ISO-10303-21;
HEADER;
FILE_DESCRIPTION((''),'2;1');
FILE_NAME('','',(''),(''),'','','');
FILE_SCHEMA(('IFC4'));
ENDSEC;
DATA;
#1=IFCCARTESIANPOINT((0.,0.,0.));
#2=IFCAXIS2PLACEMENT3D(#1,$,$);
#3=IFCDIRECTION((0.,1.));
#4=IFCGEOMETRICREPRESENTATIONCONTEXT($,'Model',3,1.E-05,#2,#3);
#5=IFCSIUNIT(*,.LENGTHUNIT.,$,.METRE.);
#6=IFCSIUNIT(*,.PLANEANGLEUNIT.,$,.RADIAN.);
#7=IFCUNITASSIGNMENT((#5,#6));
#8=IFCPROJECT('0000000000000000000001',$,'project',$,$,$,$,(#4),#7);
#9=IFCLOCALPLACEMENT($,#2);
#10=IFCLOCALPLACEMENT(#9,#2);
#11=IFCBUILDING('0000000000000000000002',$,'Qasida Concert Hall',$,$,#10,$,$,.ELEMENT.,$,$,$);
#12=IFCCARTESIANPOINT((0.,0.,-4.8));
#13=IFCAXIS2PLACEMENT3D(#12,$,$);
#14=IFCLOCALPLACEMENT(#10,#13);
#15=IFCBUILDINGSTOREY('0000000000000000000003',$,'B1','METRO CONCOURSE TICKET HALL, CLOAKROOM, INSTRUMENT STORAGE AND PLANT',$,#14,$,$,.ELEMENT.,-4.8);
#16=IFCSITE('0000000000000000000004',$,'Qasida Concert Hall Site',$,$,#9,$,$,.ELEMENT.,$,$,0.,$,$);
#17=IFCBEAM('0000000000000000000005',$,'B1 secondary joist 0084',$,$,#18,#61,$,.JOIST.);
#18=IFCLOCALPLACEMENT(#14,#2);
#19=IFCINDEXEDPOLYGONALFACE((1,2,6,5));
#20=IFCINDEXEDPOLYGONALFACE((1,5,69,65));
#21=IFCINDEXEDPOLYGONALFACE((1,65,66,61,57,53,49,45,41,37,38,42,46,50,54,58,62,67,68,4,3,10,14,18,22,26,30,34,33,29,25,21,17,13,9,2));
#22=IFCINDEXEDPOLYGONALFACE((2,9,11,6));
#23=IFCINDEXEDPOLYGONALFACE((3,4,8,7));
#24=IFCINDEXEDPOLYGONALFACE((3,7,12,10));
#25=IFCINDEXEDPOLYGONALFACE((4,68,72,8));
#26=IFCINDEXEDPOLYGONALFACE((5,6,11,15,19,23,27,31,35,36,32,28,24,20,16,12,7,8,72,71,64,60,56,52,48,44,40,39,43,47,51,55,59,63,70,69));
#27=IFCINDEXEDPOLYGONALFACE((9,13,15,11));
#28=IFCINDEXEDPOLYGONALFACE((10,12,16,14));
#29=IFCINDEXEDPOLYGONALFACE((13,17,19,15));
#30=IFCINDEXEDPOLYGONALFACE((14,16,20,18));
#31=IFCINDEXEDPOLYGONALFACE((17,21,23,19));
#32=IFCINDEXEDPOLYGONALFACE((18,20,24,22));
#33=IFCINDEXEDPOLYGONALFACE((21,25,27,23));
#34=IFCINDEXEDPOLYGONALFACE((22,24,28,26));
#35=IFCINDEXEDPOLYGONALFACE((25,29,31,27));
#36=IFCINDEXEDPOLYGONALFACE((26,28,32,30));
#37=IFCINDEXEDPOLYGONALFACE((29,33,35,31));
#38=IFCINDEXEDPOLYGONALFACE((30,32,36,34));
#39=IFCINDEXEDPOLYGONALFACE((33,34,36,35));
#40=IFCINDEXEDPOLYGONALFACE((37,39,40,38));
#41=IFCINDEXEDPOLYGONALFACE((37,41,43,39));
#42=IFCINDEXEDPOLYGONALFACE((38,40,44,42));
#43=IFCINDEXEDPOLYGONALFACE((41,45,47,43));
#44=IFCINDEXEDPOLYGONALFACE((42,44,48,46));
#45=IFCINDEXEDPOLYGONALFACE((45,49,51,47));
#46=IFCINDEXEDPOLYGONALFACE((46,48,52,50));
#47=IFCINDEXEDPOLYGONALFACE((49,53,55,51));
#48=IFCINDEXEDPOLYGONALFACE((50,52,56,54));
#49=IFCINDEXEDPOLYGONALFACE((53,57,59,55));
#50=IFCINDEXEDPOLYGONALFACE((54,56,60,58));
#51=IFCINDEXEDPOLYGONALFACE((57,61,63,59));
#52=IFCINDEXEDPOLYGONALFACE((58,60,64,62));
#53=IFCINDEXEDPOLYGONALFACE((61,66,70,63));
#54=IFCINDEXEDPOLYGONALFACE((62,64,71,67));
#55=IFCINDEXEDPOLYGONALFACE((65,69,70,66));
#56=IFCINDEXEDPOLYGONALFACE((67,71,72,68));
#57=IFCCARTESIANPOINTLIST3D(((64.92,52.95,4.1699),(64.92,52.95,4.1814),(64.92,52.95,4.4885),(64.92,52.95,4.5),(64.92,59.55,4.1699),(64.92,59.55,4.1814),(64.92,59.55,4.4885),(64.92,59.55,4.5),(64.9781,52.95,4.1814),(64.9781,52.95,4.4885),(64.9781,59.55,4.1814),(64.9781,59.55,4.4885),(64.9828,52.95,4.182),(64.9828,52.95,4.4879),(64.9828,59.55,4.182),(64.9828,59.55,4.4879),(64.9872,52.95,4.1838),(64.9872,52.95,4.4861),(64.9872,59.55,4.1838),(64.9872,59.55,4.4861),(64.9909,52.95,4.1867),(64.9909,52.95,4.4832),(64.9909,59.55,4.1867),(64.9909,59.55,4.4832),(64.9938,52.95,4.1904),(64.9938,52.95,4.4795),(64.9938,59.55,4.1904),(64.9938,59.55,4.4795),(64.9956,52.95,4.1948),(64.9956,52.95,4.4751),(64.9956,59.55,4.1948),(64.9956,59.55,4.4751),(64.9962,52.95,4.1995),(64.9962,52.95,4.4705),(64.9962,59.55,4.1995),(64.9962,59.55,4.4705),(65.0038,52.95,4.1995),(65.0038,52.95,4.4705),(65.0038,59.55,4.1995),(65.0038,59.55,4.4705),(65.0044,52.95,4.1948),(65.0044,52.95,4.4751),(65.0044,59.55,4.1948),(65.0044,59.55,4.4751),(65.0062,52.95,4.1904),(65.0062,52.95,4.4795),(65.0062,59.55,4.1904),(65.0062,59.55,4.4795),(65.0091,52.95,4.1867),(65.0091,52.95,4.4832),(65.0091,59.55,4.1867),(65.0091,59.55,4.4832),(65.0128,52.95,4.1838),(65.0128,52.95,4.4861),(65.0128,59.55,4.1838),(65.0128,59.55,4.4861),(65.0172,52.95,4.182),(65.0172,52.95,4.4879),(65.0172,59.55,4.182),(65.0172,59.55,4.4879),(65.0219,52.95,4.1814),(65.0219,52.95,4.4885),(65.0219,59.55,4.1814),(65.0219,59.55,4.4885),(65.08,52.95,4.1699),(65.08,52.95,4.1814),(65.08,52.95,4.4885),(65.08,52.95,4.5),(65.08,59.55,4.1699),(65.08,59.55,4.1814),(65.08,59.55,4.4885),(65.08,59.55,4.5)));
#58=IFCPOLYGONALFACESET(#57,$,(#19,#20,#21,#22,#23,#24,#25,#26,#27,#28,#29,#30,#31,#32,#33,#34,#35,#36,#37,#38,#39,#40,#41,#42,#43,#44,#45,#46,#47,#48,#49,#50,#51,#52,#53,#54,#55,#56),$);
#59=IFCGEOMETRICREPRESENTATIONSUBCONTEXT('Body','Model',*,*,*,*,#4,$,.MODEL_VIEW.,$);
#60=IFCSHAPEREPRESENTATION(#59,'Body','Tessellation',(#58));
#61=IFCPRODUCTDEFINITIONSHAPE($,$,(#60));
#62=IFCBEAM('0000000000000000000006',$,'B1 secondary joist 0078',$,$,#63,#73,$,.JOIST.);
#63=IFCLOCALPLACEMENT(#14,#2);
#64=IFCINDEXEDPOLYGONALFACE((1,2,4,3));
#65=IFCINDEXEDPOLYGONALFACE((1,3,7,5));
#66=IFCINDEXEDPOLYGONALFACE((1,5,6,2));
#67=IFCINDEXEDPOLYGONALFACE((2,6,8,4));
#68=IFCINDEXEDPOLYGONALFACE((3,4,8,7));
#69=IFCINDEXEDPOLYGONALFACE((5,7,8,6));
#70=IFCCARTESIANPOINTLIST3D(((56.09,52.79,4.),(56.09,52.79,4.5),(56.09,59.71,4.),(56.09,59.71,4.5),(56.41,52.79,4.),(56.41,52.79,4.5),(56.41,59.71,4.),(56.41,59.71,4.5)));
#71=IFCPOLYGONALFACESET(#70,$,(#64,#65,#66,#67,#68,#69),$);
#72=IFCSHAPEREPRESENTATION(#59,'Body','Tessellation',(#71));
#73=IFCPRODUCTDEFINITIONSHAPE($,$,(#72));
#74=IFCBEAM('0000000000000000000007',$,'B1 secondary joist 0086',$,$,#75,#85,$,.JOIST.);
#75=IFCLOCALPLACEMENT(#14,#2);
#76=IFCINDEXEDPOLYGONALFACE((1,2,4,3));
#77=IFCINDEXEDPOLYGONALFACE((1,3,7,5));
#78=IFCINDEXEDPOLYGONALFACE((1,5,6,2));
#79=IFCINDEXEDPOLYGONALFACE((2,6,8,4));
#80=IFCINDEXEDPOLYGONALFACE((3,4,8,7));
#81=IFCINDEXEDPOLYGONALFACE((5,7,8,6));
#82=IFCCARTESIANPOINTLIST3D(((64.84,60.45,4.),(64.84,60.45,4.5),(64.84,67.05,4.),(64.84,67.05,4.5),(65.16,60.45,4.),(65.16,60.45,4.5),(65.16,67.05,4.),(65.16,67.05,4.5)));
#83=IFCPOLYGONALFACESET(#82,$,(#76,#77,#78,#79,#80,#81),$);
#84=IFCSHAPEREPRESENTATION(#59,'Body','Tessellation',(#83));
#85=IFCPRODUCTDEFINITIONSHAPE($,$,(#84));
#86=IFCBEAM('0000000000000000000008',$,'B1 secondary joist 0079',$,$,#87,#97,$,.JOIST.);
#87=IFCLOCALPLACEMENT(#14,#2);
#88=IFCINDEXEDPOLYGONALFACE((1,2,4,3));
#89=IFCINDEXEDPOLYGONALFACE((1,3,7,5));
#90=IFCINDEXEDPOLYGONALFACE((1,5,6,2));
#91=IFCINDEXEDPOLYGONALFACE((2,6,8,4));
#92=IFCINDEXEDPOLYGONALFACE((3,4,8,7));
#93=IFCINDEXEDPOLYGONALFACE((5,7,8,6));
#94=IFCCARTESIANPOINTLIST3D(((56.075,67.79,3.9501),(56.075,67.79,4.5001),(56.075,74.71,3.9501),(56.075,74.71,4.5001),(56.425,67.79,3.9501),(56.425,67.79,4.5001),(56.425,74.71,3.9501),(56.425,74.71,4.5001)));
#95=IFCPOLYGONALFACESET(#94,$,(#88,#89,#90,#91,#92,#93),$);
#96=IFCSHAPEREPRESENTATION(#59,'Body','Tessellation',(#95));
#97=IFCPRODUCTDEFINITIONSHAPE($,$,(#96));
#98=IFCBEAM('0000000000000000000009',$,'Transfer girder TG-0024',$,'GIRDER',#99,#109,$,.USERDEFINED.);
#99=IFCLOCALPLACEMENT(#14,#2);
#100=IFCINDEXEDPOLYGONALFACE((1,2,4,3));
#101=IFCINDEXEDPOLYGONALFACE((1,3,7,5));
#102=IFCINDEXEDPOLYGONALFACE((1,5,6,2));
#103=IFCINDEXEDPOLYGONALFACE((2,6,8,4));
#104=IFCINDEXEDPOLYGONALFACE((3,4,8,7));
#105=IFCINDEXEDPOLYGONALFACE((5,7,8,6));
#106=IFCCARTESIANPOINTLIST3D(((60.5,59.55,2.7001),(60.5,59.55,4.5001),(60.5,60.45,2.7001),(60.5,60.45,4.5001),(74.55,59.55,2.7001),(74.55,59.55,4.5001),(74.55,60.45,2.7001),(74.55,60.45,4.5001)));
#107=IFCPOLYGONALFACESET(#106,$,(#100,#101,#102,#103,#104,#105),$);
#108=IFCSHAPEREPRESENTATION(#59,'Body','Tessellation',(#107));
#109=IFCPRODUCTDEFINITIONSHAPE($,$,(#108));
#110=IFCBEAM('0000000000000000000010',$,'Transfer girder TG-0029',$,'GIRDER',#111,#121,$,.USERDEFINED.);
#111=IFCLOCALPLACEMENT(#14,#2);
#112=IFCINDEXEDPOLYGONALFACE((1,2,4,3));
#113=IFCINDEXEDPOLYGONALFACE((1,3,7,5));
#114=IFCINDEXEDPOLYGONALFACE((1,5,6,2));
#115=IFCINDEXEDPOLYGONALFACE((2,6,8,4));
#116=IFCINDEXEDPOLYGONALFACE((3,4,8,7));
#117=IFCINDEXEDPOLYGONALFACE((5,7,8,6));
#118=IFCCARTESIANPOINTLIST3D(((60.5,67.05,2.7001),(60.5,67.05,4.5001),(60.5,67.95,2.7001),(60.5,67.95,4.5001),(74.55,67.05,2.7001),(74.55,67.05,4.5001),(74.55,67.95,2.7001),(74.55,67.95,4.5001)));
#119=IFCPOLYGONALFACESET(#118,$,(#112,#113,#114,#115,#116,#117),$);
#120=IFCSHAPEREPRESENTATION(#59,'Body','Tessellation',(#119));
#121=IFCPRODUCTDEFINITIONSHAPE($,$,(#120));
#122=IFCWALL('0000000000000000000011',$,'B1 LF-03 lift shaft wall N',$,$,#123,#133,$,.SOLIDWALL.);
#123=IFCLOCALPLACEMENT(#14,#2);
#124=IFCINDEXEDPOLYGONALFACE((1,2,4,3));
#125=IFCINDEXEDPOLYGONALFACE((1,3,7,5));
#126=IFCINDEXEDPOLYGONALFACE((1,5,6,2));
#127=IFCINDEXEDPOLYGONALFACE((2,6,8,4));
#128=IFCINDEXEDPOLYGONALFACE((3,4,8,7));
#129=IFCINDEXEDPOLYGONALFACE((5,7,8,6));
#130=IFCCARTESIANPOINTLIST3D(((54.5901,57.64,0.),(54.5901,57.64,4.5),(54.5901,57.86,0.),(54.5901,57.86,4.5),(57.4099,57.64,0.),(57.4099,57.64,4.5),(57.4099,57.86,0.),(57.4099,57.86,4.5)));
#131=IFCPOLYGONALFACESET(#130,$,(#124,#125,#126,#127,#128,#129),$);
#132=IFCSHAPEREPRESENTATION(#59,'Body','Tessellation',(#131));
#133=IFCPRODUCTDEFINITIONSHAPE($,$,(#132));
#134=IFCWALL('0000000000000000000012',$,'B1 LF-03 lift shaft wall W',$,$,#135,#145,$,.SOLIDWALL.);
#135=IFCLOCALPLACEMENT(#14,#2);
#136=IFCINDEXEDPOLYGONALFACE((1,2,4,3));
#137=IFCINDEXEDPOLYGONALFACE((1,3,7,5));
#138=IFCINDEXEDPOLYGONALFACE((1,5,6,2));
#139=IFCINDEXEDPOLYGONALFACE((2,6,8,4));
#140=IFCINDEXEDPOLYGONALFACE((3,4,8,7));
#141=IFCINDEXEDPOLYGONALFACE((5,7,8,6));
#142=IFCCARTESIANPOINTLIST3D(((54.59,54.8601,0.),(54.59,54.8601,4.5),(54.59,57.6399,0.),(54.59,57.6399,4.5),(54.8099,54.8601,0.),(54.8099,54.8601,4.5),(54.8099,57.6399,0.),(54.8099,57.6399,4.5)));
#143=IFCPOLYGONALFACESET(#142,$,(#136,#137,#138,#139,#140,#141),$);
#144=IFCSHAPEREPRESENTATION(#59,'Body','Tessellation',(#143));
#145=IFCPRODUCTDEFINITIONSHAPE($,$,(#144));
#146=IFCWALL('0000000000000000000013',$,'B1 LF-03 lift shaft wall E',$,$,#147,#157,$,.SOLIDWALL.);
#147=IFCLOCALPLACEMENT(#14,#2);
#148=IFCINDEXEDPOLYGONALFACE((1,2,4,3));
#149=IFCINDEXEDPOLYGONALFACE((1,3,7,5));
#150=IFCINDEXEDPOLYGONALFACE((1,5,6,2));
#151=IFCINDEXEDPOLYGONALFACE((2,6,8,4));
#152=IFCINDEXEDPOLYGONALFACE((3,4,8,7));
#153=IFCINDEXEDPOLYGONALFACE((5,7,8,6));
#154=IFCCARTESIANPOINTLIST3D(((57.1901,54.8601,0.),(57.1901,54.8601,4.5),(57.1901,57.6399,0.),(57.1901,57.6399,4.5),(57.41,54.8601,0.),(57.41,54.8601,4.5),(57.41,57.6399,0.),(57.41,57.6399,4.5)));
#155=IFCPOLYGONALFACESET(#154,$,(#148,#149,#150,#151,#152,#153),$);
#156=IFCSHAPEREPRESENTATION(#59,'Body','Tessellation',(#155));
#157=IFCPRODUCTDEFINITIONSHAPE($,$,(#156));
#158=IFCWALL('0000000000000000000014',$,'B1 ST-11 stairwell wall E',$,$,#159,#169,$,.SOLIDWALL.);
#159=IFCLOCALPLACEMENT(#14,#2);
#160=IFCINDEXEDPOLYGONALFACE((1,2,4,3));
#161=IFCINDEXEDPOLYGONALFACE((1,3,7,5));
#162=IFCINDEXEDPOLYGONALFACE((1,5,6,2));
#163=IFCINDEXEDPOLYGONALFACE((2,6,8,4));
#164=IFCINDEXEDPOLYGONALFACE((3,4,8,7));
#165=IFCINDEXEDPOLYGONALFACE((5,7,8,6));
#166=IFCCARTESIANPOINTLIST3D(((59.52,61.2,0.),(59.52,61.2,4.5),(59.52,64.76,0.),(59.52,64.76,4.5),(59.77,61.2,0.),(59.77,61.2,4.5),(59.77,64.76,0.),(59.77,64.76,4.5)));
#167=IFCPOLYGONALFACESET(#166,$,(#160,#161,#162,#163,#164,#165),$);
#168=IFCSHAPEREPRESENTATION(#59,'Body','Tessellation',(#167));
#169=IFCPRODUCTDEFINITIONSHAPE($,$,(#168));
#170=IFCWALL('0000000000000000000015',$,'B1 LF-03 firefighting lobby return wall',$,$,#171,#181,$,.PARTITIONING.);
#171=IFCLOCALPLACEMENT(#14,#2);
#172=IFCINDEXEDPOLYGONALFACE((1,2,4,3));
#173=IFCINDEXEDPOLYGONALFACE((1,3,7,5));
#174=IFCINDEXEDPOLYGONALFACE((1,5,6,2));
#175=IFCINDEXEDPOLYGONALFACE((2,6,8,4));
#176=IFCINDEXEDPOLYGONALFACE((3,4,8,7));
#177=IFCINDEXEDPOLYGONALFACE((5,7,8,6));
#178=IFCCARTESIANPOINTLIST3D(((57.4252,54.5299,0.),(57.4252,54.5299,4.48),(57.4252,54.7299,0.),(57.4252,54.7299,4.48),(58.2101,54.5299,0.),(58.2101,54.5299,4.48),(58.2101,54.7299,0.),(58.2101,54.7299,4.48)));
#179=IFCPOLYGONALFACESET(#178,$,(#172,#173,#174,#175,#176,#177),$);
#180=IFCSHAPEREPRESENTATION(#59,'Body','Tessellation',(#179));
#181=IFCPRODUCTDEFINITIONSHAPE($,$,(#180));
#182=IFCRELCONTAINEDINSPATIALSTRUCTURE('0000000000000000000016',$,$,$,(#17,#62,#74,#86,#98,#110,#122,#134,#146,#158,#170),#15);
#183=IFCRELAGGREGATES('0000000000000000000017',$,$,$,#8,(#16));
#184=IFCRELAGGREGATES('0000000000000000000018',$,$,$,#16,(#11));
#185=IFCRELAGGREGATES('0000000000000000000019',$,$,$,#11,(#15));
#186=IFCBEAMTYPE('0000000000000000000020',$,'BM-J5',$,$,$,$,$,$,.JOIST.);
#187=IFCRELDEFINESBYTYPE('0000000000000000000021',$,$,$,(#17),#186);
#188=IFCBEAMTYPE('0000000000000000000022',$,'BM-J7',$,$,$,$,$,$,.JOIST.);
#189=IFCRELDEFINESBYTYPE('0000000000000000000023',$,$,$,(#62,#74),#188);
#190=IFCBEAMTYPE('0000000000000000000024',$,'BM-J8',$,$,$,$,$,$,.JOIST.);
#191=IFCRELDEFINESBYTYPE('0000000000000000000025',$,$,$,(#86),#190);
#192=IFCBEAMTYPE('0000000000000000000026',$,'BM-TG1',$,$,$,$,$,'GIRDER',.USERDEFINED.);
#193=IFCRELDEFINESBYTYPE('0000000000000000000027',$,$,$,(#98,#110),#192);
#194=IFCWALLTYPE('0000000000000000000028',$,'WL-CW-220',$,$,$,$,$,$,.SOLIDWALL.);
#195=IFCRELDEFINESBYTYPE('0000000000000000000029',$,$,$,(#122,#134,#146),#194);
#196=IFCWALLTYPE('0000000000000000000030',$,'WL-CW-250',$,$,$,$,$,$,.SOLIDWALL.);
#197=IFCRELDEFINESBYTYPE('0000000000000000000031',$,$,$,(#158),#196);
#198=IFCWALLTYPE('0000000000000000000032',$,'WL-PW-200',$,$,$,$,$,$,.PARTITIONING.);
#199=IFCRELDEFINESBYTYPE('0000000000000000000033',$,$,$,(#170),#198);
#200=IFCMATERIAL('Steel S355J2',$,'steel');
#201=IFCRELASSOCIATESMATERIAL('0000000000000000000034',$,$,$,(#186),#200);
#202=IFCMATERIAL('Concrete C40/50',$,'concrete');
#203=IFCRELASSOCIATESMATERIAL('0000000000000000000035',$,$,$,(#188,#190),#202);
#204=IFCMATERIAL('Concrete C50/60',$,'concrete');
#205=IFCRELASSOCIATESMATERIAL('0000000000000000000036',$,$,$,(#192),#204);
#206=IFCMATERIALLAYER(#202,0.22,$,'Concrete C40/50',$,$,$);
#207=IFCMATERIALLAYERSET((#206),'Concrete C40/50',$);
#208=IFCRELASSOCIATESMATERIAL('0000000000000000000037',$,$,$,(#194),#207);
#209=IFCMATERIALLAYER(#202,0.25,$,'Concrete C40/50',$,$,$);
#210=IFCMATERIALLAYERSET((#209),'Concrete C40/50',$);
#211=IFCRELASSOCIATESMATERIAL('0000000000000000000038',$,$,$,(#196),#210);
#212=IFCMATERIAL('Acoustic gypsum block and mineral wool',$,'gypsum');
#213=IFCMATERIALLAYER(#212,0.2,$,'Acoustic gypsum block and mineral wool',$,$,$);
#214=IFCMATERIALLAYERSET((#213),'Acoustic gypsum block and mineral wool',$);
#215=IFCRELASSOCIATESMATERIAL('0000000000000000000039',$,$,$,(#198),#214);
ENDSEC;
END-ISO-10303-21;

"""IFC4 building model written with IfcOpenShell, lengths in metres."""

from ifc_helpers import new_model, si_unit, direction, frame, frame_2d, origin, origin_2d, place, context, subcontext, project, spatial, rectangle, i_section, extrude, material, layer, layer_set, material_profile, profile_set, type_object, element, save


model = new_model("IFC4")

# Units and contexts
model_context = context("Model", 3, precision=1e-05, world=origin(), true_north=direction((0.0, 1.0)))
body_context = subcontext(model_context, "Body", "Model", "MODEL_VIEW")
ifc_project = project(units=[si_unit("LENGTHUNIT", "METRE"), si_unit("PLANEANGLEUNIT", "RADIAN")], contexts=[model_context])

# Site, building, storey
site_placement = place(None, origin())
site = spatial("IfcSite", under=ifc_project, at=site_placement, Name="Qasida Concert Hall Site", CompositionType="ELEMENT", RefElevation=0.0)
building_placement = place(site_placement, origin())
building = spatial("IfcBuilding", under=site, at=building_placement, Name="Qasida Concert Hall", CompositionType="ELEMENT")
storey_placement = place(building_placement, frame((0.0, 0.0, -4.8)))
storey = spatial("IfcBuildingStorey", under=building, at=storey_placement, Name="B1", Description="METRO CONCOURSE TICKET HALL, CLOAKROOM, INSTRUMENT STORAGE AND PLANT", CompositionType="ELEMENT", Elevation=-4.8)

# Shared definitions
ifc_material_1 = material(Name="Concrete C40/50", Category="concrete")

# Shared definitions
ifc_material_2 = material(Name="Concrete C50/60", Category="concrete")

# Beams
ifc_material_3 = material(Name="Steel S355J2", Category="steel")
ifc_material_profile_1 = material_profile(ifc_material_3, i_section(OverallWidth=0.1599, OverallDepth=0.3301, WebThickness=0.0076, FlangeThickness=0.0115, FilletRadius=0.0181, at=origin_2d()), Name="IPE 330")
ifc_profile_set_1 = profile_set([ifc_material_profile_1], Name="Steel S355J2")
beam_type_1 = type_object("IfcBeamType", Name="BM-J5", PredefinedType="JOIST", material=ifc_profile_set_1)
beam_1_placement = place(storey_placement, frame((65.0, 52.95, 4.335), z_axis=(0.0, 1.0, 0.0), x_axis=(-1.0, 0.0, 0.0)))
element("IfcBeam", 1, at=beam_1_placement, inside=storey, type_object=beam_type_1, Name="B1 secondary joist 0084", PredefinedType="JOIST", context=body_context, shape_type="SweptSolid", body=[
    extrude(i_section(OverallWidth=0.1599, OverallDepth=0.3301, WebThickness=0.0076, FlangeThickness=0.0115, FilletRadius=0.0181, at=origin_2d()), origin(), (0.0, 0.0, 1.0), 6.6001),
])
ifc_material_profile_2 = material_profile(ifc_material_1, rectangle(XDim=0.3201, YDim=0.5, at=origin_2d()), Name="RC 320x500")
ifc_profile_set_2 = profile_set([ifc_material_profile_2], Name="Concrete C40/50")
beam_type_2 = type_object("IfcBeamType", Name="BM-J7", PredefinedType="JOIST", material=ifc_profile_set_2)
beam_2_placement = place(storey_placement, frame((56.25, 52.79, 4.25), z_axis=(0.0, 1.0, 0.0), x_axis=(-1.0, 0.0, 0.0)))
element("IfcBeam", 2, at=beam_2_placement, inside=storey, type_object=beam_type_2, Name="B1 secondary joist 0078", PredefinedType="JOIST", context=body_context, shape_type="SweptSolid", body=[
    extrude(rectangle(XDim=0.3201, YDim=0.5, at=origin_2d()), origin(), (0.0, 0.0, 1.0), 6.9199),
])
beam_3_placement = place(storey_placement, frame((65.0, 60.45, 4.25), z_axis=(0.0, 1.0, 0.0), x_axis=(-1.0, 0.0, 0.0)))
element("IfcBeam", 3, at=beam_3_placement, inside=storey, type_object=beam_type_2, Name="B1 secondary joist 0086", PredefinedType="JOIST", context=body_context, shape_type="SweptSolid", body=[
    extrude(rectangle(XDim=0.3201, YDim=0.5, at=origin_2d()), origin(), (0.0, 0.0, 1.0), 6.6001),
])
ifc_material_profile_3 = material_profile(ifc_material_1, rectangle(XDim=0.3501, YDim=0.55, at=origin_2d()), Name="RC 350x550")
ifc_profile_set_3 = profile_set([ifc_material_profile_3], Name="Concrete C40/50")
beam_type_3 = type_object("IfcBeamType", Name="BM-J8", PredefinedType="JOIST", material=ifc_profile_set_3)
beam_4_placement = place(storey_placement, frame((56.25, 67.79, 4.2251), z_axis=(0.0, 1.0, 0.0), x_axis=(-1.0, 0.0, 0.0)))
element("IfcBeam", 4, at=beam_4_placement, inside=storey, type_object=beam_type_3, Name="B1 secondary joist 0079", PredefinedType="JOIST", context=body_context, shape_type="SweptSolid", body=[
    extrude(rectangle(XDim=0.3501, YDim=0.55, at=origin_2d()), origin(), (0.0, 0.0, 1.0), 6.9199),
])
ifc_material_profile_4 = material_profile(ifc_material_2, rectangle(XDim=0.8999, YDim=1.8, at=origin_2d()), Name="RC 900x1800")
ifc_profile_set_4 = profile_set([ifc_material_profile_4], Name="Concrete C50/60")
beam_type_4 = type_object("IfcBeamType", Name="BM-TG1", ElementType="GIRDER", PredefinedType="USERDEFINED", material=ifc_profile_set_4)
for number, where, z_axis, x_axis, name in (
    (5, (60.5, 60.0, 3.6001), (1.0, 0.0, 0.0), (0.0, 1.0, 0.0), "Transfer girder TG-0024"),
    (6, (60.5, 67.5, 3.6001), (1.0, 0.0, 0.0), (0.0, 1.0, 0.0), "Transfer girder TG-0029"),
):
    element("IfcBeam", number, at=place(storey_placement, frame(where, z_axis=z_axis, x_axis=x_axis)), inside=storey, type_object=beam_type_4, Name=name, ObjectType="GIRDER", PredefinedType="USERDEFINED", context=body_context, shape_type="SweptSolid", body=[
        extrude(rectangle(XDim=0.8999, YDim=1.8, at=origin_2d()), origin(), (0.0, 0.0, 1.0), 14.05),
    ])

# Shared definitions
ifc_layer_1 = layer(ifc_material_1, 0.22, Name="Concrete C40/50")
ifc_layer_set_1 = layer_set([ifc_layer_1], Name="Concrete C40/50")
wall_type_1 = type_object("IfcWallType", Name="WL-CW-220", PredefinedType="SOLIDWALL", material=ifc_layer_set_1)

# Walls
wall_1_placement = place(storey_placement, frame((54.5901, 57.75, 0.0), z_axis=(0.0, 0.0, 1.0), x_axis=(1.0, 0.0, 0.0)))
element("IfcWall", 7, at=wall_1_placement, inside=storey, type_object=wall_type_1, Name="B1 LF-03 lift shaft wall N", PredefinedType="SOLIDWALL", context=body_context, shape_type="SweptSolid", body=[
    extrude(rectangle(XDim=2.8198, YDim=0.22, at=frame_2d((1.4099, 0.0))), origin(), (0.0, 0.0, 1.0), 4.5),
])
for number, where, z_axis, x_axis, name in (
    (8, (54.7, 54.8601, 0.0), (0.0, 0.0, 1.0), (0.0, 1.0, 0.0), "B1 LF-03 lift shaft wall W"),
    (9, (57.3, 54.8601, 0.0), (0.0, 0.0, 1.0), (0.0, 1.0, 0.0), "B1 LF-03 lift shaft wall E"),
):
    element("IfcWall", number, at=place(storey_placement, frame(where, z_axis=z_axis, x_axis=x_axis)), inside=storey, type_object=wall_type_1, Name=name, PredefinedType="SOLIDWALL", context=body_context, shape_type="SweptSolid", body=[
        extrude(rectangle(XDim=2.7798, YDim=0.22, at=frame_2d((1.3899, 0.0))), origin(), (0.0, 0.0, 1.0), 4.5),
    ])
ifc_layer_2 = layer(ifc_material_1, 0.25, Name="Concrete C40/50")
ifc_layer_set_2 = layer_set([ifc_layer_2], Name="Concrete C40/50")
wall_type_2 = type_object("IfcWallType", Name="WL-CW-250", PredefinedType="SOLIDWALL", material=ifc_layer_set_2)
wall_2_placement = place(storey_placement, frame((59.645, 61.2, 0.0), z_axis=(0.0, 0.0, 1.0), x_axis=(0.0, 1.0, 0.0)))
element("IfcWall", 10, at=wall_2_placement, inside=storey, type_object=wall_type_2, Name="B1 ST-11 stairwell wall E", PredefinedType="SOLIDWALL", context=body_context, shape_type="SweptSolid", body=[
    extrude(rectangle(XDim=3.5601, YDim=0.25, at=frame_2d((1.78, 0.0))), origin(), (0.0, 0.0, 1.0), 4.5),
])
ifc_material_4 = material(Name="Acoustic gypsum block and mineral wool", Category="gypsum")
ifc_layer_3 = layer(ifc_material_4, 0.2, Name="Acoustic gypsum block and mineral wool")
ifc_layer_set_3 = layer_set([ifc_layer_3], Name="Acoustic gypsum block and mineral wool")
wall_type_3 = type_object("IfcWallType", Name="WL-PW-200", PredefinedType="PARTITIONING", material=ifc_layer_set_3)
wall_3_placement = place(storey_placement, frame((57.425, 54.6299, 0.0), z_axis=(0.0, 0.0, 1.0), x_axis=(1.0, 0.0, 0.0)))
element("IfcWall", 11, at=wall_3_placement, inside=storey, type_object=wall_type_3, Name="B1 LF-03 firefighting lobby return wall", PredefinedType="PARTITIONING", context=body_context, shape_type="SweptSolid", body=[
    extrude(rectangle(XDim=0.7849, YDim=0.2, at=frame_2d((0.3926, 0.0))), origin(), (0.0, 0.0, 1.0), 4.48),
])

save(model, "model.ifc")
